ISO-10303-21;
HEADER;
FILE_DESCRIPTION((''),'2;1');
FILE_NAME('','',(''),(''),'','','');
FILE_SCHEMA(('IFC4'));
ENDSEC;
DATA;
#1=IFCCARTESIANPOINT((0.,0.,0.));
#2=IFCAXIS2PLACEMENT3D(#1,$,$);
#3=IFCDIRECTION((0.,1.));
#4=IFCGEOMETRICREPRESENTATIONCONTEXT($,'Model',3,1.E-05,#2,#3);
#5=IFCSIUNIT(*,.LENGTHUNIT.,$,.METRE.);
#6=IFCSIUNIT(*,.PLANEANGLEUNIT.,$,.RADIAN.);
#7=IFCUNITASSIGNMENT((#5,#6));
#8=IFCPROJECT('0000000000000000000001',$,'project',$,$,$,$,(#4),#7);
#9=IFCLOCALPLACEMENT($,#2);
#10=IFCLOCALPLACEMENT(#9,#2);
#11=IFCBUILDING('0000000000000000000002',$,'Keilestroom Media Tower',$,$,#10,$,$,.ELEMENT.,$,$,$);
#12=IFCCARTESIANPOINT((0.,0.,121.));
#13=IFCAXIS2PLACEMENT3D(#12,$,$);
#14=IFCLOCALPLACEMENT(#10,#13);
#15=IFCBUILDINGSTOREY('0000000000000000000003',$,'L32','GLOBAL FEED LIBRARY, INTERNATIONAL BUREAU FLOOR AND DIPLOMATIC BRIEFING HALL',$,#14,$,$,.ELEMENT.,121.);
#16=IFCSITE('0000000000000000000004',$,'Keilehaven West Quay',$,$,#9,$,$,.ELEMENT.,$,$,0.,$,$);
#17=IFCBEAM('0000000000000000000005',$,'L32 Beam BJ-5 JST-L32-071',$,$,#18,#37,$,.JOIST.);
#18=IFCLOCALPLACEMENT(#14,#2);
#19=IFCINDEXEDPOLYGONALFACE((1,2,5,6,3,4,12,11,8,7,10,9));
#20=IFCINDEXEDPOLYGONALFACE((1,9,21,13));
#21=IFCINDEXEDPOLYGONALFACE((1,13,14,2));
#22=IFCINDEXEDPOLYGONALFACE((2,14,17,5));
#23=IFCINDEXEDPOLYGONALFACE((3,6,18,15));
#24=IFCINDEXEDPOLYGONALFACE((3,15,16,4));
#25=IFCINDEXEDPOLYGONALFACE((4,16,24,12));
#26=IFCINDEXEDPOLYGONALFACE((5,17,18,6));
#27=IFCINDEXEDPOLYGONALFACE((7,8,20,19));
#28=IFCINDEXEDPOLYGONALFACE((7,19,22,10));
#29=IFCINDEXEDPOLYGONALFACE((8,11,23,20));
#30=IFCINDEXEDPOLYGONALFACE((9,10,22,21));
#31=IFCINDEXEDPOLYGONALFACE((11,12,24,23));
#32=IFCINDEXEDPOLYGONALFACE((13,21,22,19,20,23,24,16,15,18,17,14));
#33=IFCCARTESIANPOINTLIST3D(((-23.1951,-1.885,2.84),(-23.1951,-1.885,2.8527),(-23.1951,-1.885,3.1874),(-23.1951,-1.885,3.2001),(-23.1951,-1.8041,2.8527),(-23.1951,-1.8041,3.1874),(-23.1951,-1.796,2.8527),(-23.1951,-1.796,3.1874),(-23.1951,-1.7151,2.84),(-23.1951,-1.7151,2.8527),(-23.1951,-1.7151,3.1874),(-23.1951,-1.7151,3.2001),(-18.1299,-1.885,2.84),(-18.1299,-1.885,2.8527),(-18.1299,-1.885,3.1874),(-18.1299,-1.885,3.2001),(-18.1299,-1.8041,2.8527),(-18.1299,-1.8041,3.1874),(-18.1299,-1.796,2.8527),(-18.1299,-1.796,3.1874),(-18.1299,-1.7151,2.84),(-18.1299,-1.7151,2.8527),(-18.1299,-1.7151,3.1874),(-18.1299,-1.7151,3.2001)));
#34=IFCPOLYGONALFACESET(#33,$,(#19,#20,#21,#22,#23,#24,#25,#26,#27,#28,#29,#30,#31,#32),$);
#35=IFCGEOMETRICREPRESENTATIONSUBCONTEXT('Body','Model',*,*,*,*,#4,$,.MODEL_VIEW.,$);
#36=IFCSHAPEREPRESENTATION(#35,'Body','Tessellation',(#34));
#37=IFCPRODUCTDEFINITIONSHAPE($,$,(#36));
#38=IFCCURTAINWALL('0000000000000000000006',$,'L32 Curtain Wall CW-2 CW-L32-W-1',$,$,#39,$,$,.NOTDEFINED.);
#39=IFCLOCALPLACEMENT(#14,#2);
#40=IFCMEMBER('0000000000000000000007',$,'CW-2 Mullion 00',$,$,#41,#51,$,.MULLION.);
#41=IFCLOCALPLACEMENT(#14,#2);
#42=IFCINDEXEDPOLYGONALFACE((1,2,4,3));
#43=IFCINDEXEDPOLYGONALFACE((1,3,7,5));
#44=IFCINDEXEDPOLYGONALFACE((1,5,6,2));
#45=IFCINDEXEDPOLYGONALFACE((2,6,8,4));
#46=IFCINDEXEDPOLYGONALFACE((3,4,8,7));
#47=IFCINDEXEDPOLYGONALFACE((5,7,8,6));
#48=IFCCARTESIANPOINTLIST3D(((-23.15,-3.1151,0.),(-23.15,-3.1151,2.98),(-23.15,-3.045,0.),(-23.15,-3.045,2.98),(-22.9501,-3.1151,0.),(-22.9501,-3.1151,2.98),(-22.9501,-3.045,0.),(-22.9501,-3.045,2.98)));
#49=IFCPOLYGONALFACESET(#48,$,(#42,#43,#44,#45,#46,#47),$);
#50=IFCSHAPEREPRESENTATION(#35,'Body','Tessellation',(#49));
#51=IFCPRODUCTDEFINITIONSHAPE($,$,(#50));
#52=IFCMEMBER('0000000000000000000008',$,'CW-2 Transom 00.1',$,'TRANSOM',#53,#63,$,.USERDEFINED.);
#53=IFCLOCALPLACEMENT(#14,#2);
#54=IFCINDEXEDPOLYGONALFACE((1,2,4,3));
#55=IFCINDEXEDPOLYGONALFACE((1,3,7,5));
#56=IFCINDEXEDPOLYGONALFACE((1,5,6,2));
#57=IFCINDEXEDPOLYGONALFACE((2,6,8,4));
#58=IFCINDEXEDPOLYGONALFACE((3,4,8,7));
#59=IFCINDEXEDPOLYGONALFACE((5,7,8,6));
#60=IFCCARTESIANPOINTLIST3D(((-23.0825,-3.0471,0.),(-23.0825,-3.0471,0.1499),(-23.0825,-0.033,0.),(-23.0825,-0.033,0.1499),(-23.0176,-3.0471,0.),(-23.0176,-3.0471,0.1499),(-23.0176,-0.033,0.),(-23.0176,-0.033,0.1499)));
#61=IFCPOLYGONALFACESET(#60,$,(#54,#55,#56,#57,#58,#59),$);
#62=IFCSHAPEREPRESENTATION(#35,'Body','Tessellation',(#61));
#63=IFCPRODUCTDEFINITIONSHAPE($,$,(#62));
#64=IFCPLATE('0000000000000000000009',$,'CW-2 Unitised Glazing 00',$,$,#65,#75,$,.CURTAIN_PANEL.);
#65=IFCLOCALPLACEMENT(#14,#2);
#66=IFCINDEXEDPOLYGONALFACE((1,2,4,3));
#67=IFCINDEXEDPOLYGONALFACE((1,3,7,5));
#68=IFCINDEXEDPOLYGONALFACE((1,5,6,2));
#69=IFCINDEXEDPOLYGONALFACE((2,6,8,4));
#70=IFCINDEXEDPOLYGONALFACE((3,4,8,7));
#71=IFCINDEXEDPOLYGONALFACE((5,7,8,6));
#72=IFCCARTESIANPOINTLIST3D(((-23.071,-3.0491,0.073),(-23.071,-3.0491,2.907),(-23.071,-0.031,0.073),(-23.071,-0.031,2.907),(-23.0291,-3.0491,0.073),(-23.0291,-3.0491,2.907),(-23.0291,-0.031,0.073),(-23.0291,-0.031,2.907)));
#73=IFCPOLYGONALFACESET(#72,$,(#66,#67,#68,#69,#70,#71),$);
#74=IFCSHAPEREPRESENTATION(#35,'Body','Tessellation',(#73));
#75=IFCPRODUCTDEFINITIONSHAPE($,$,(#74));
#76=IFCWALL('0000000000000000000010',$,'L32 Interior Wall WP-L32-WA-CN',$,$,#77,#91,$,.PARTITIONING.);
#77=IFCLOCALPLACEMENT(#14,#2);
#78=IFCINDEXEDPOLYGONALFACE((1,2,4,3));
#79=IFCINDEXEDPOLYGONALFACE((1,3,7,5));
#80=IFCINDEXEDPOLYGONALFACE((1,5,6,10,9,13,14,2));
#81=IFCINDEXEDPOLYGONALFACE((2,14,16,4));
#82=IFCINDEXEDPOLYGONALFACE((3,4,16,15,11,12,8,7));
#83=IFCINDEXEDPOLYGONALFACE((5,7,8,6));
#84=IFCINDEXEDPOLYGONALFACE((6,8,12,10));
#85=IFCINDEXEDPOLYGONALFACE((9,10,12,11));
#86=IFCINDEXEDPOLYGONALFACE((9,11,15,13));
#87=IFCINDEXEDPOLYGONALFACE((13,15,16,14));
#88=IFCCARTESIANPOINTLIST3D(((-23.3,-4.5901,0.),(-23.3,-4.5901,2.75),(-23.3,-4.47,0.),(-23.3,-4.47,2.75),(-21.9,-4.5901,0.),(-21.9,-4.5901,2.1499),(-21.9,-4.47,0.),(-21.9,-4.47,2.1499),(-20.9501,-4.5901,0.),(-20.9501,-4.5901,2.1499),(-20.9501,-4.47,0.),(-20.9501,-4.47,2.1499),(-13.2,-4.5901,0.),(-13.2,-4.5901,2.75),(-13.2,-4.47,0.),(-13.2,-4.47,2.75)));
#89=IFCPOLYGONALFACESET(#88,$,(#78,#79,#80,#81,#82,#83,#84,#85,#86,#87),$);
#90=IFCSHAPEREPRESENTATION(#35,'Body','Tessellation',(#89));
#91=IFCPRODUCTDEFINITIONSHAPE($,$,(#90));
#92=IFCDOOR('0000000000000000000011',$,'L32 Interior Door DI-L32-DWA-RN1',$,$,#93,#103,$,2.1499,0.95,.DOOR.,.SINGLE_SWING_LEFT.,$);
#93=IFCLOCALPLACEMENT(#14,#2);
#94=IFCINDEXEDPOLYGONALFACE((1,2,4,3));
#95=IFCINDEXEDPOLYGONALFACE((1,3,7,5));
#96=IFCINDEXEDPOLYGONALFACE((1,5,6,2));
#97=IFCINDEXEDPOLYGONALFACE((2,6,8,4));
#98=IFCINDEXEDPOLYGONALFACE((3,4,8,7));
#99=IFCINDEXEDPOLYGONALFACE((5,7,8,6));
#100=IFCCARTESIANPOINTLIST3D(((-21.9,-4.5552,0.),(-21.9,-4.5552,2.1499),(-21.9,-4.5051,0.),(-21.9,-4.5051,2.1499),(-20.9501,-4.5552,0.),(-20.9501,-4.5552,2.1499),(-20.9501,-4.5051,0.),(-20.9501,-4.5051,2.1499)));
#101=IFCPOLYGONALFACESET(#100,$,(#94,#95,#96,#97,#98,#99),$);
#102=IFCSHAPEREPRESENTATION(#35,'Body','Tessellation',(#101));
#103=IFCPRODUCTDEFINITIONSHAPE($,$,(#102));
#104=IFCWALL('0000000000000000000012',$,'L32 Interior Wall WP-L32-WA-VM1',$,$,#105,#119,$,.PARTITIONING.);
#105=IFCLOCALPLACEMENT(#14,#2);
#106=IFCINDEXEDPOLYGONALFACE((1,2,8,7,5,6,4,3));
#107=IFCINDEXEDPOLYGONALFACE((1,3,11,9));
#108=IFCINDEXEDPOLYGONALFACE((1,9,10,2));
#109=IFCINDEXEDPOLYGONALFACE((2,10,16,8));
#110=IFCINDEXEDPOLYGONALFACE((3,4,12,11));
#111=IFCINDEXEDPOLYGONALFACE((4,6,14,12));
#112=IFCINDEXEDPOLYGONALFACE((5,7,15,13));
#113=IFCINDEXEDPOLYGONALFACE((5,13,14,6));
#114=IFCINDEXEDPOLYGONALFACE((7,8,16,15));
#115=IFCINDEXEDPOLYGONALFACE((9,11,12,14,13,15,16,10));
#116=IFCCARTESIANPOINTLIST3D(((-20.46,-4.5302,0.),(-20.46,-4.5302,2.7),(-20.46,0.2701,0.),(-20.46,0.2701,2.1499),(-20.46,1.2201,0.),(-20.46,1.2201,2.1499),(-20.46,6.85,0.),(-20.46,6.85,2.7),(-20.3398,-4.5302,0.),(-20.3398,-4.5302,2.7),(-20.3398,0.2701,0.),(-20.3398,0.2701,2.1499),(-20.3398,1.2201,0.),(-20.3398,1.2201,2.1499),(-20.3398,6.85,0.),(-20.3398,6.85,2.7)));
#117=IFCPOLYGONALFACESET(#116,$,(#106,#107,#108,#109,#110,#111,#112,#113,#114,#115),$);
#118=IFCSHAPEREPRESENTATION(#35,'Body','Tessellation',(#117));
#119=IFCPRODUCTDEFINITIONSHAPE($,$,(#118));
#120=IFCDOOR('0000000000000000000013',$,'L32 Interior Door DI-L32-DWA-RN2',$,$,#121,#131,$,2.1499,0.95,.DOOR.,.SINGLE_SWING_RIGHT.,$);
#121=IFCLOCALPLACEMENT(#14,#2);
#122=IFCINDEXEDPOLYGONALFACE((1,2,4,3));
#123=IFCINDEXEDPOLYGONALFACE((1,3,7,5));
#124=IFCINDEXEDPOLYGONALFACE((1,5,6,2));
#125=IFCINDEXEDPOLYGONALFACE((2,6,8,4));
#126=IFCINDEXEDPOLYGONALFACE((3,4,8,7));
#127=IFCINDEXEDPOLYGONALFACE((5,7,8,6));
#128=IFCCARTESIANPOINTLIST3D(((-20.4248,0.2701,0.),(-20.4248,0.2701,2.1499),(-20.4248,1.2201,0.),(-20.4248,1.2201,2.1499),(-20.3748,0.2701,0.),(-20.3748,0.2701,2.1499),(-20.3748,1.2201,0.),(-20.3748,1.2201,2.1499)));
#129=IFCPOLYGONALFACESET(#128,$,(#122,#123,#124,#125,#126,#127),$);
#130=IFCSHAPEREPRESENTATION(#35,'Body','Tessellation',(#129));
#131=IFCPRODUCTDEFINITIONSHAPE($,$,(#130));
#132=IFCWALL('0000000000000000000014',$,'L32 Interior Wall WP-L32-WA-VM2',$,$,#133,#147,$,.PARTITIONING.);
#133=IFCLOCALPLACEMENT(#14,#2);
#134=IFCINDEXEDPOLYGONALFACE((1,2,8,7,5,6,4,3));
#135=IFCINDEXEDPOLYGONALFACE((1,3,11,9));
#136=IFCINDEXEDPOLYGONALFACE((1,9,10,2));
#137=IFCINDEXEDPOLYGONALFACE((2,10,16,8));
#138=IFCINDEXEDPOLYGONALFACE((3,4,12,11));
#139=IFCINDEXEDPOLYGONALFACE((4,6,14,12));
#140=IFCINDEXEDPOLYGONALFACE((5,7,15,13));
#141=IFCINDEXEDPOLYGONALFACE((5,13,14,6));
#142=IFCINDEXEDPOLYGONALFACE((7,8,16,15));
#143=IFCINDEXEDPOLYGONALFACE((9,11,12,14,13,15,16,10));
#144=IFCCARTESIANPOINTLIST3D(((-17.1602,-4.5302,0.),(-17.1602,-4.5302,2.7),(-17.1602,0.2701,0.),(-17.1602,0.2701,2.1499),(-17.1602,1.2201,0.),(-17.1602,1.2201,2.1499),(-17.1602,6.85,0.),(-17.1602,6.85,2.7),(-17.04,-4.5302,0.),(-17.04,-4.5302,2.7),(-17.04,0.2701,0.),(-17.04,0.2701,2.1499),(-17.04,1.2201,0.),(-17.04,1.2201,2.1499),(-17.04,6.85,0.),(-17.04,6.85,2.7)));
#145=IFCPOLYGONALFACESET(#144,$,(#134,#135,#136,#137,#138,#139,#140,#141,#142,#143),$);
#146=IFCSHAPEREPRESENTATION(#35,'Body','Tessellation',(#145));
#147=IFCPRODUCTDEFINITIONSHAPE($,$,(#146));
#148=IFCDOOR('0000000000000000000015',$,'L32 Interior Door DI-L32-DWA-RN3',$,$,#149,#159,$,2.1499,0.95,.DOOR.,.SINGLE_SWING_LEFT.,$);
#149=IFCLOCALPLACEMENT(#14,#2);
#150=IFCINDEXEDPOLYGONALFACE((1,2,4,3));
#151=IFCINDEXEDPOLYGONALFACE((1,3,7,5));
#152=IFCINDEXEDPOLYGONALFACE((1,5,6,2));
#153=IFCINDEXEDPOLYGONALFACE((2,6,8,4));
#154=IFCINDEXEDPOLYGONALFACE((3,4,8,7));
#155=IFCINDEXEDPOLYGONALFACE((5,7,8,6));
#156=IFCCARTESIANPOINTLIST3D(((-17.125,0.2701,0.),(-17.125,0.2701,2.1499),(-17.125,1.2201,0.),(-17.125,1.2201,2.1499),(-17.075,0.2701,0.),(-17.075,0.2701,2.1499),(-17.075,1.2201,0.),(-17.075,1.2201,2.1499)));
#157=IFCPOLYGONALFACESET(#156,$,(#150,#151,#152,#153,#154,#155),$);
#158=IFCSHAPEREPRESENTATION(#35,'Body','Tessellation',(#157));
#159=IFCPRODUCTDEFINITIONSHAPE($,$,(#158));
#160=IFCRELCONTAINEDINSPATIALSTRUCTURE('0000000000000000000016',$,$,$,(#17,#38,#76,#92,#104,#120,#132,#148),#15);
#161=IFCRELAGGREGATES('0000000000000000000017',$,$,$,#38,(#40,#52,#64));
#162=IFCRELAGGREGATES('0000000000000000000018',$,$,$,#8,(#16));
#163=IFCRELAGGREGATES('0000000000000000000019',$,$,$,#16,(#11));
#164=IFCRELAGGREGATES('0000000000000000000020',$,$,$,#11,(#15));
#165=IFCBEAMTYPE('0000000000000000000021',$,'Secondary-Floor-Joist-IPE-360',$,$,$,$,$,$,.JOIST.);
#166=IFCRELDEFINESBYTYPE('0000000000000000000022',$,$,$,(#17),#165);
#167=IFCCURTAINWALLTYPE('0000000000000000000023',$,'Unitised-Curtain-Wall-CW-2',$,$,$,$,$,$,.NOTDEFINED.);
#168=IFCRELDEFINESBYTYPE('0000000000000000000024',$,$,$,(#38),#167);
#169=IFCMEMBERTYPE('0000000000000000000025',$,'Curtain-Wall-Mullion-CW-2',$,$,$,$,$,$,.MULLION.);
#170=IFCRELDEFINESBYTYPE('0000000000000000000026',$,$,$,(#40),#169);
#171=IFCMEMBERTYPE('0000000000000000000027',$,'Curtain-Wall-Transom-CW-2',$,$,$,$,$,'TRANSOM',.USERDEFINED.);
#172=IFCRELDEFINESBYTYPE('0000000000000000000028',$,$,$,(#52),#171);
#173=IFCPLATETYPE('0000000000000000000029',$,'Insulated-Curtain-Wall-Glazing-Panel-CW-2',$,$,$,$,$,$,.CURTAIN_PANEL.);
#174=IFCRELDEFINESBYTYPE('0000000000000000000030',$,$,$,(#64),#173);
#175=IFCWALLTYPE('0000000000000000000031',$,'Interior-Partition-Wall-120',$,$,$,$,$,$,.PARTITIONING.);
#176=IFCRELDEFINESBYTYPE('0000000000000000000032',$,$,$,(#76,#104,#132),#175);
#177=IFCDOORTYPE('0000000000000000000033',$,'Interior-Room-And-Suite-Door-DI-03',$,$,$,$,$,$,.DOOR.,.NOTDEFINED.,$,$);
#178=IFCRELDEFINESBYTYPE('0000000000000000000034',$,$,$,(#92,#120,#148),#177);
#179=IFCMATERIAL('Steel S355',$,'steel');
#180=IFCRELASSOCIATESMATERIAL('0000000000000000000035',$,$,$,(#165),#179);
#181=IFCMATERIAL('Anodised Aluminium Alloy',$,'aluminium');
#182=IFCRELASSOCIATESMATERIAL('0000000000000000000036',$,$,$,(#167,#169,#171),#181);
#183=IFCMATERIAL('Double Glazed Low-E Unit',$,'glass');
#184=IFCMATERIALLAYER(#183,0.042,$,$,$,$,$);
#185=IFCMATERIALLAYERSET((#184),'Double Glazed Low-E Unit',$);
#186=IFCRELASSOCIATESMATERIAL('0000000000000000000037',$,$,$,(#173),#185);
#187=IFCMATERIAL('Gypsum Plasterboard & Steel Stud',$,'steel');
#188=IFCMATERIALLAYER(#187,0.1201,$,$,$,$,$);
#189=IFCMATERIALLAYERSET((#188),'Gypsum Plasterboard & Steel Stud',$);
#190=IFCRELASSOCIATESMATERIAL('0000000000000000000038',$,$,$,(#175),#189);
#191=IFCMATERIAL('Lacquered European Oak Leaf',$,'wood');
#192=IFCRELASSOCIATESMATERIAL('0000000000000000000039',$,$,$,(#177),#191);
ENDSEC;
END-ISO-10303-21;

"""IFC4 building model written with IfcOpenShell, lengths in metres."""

from ifc_helpers import new_model, si_unit, direction, frame, frame_2d, origin, origin_2d, place, context, subcontext, project, spatial, rectangle, i_section, extrude, source, transform, mapped, material, layer, layer_set, material_profile, profile_set, type_object, element, fill, aggregate, save


model = new_model("IFC4")

# Units and contexts
model_context = context("Model", 3, precision=1e-05, world=origin(), true_north=direction((0.0, 1.0)))
body_context = subcontext(model_context, "Body", "Model", "MODEL_VIEW")
ifc_project = project(units=[si_unit("LENGTHUNIT", "METRE"), si_unit("PLANEANGLEUNIT", "RADIAN")], contexts=[model_context])

# Site, building, storey
site_placement = place(None, origin())
site = spatial("IfcSite", under=ifc_project, at=site_placement, Name="Keilehaven West Quay", CompositionType="ELEMENT", RefElevation=0.0)
building_placement = place(site_placement, origin())
building = spatial("IfcBuilding", under=site, at=building_placement, Name="Keilestroom Media Tower", CompositionType="ELEMENT")
storey_placement = place(building_placement, frame((0.0, 0.0, 121.0)))
storey = spatial("IfcBuildingStorey", under=building, at=storey_placement, Name="L32", Description="GLOBAL FEED LIBRARY, INTERNATIONAL BUREAU FLOOR AND DIPLOMATIC BRIEFING HALL", CompositionType="ELEMENT", Elevation=121.0)

# Shared definitions
ifc_material_1 = material(Name="Steel S355", Category="steel")

# Beam
ifc_material_profile_1 = material_profile(ifc_material_1, i_section(OverallWidth=0.1699, OverallDepth=0.3601, WebThickness=0.0081, FlangeThickness=0.0127, at=origin_2d()), Name="IPE 360")
ifc_profile_set_1 = profile_set([ifc_material_profile_1], Name="Steel S355")
beam_type_1 = type_object("IfcBeamType", Name="Secondary-Floor-Joist-IPE-360", PredefinedType="JOIST", material=ifc_profile_set_1)
shared_shape_1 = source(origin(), body_context, "Body", "SweptSolid", [
    extrude(i_section(OverallWidth=0.1699, OverallDepth=0.3601, WebThickness=0.0081, FlangeThickness=0.0127, at=origin_2d()), origin(), (0.0, 0.0, 1.0), 5.0652),
])
beam_1_placement = place(storey_placement, frame((-23.1951, -1.8, 3.02), z_axis=(1.0, 0.0, 0.0), x_axis=(0.0, 1.0, 0.0)))
element("IfcBeam", 1, at=beam_1_placement, inside=storey, type_object=beam_type_1, Name="L32 Beam BJ-5 JST-L32-071", PredefinedType="JOIST", context=body_context, shape_type="MappedRepresentation", body=[
    mapped(shared_shape_1, transform((0.0, 0.0, 0.0), x_axis=(1.0, 0.0, 0.0), y_axis=(0.0, 1.0, 0.0), z_axis=(0.0, 0.0, 1.0), scale=1.0)),
])

# Curtain wall, members, plate
ifc_material_2 = material(Name="Anodised Aluminium Alloy", Category="aluminium")
curtain_wall_type = type_object("IfcCurtainWallType", Name="Unitised-Curtain-Wall-CW-2", PredefinedType="NOTDEFINED", material=ifc_material_2)
curtain_wall_placement = place(storey_placement, origin())
curtain_wall = element("IfcCurtainWall", 2, at=curtain_wall_placement, inside=storey, type_object=curtain_wall_type, Name="L32 Curtain Wall CW-2 CW-L32-W-1", PredefinedType="NOTDEFINED")
ifc_material_profile_2 = material_profile(ifc_material_2, rectangle(XDim=0.0701, YDim=0.2, at=origin_2d()), Name="ALU MULLION 70x200")
ifc_profile_set_2 = profile_set([ifc_material_profile_2], Name="Anodised Aluminium Alloy")
member_type_1 = type_object("IfcMemberType", Name="Curtain-Wall-Mullion-CW-2", PredefinedType="MULLION", material=ifc_profile_set_2)
shared_shape_2 = source(origin(), body_context, "Body", "SweptSolid", [
    extrude(rectangle(XDim=0.0701, YDim=0.2, at=origin_2d()), origin(), (0.0, 0.0, 1.0), 2.98),
])
member_1_placement = place(storey_placement, frame((-23.05, -3.0801, 0.0), z_axis=(0.0, 0.0, 1.0), x_axis=(0.0, 1.0, 0.0)))
member_1 = element("IfcMember", 3, at=member_1_placement, type_object=member_type_1, Name="CW-2 Mullion 00", PredefinedType="MULLION", context=body_context, shape_type="MappedRepresentation", body=[
    mapped(shared_shape_2, transform((0.0, 0.0, 0.0), x_axis=(1.0, 0.0, 0.0), y_axis=(0.0, 1.0, 0.0), z_axis=(0.0, 0.0, 1.0), scale=1.0)),
])
ifc_material_profile_3 = material_profile(ifc_material_2, rectangle(XDim=0.0649, YDim=0.1499, at=origin_2d()), Name="ALU TRANSOM 65x150")
ifc_profile_set_3 = profile_set([ifc_material_profile_3], Name="Anodised Aluminium Alloy")
member_type_2 = type_object("IfcMemberType", Name="Curtain-Wall-Transom-CW-2", ElementType="TRANSOM", PredefinedType="USERDEFINED", material=ifc_profile_set_3)
shared_shape_3 = source(origin(), body_context, "Body", "SweptSolid", [
    extrude(rectangle(XDim=0.0649, YDim=0.1499, at=origin_2d()), origin(), (0.0, 0.0, 1.0), 3.0142),
])
member_2_placement = place(storey_placement, frame((-23.05, -3.0471, 0.075), z_axis=(0.0, 1.0, 0.0), x_axis=(-1.0, 0.0, 0.0)))
member_2 = element("IfcMember", 4, at=member_2_placement, type_object=member_type_2, Name="CW-2 Transom 00.1", ObjectType="TRANSOM", PredefinedType="USERDEFINED", context=body_context, shape_type="MappedRepresentation", body=[
    mapped(shared_shape_3, transform((0.0, 0.0, 0.0), x_axis=(1.0, 0.0, 0.0), y_axis=(0.0, 1.0, 0.0), z_axis=(0.0, 0.0, 1.0), scale=1.0)),
])
ifc_material_3 = material(Name="Double Glazed Low-E Unit", Category="glass")
ifc_layer_1 = layer(ifc_material_3, 0.042)
ifc_layer_set_1 = layer_set([ifc_layer_1], Name="Double Glazed Low-E Unit")
plate_type = type_object("IfcPlateType", Name="Insulated-Curtain-Wall-Glazing-Panel-CW-2", PredefinedType="CURTAIN_PANEL", material=ifc_layer_set_1)
shared_shape_4 = source(origin(), body_context, "Body", "SweptSolid", [
    extrude(rectangle(XDim=3.0181, YDim=0.042, at=origin_2d()), origin(), (0.0, 0.0, 1.0), 2.834),
])
plate_placement = place(storey_placement, frame((-23.05, -1.54, 0.073), z_axis=(0.0, 0.0, 1.0), x_axis=(0.0, 1.0, 0.0)))
plate = element("IfcPlate", 5, at=plate_placement, type_object=plate_type, Name="CW-2 Unitised Glazing 00", PredefinedType="CURTAIN_PANEL", context=body_context, shape_type="MappedRepresentation", body=[
    mapped(shared_shape_4, transform((0.0, 0.0, 0.0), x_axis=(1.0, 0.0, 0.0), y_axis=(0.0, 1.0, 0.0), z_axis=(0.0, 0.0, 1.0), scale=1.0)),
])
aggregate(curtain_wall, [member_1, member_2, plate])

# Walls, openings, doors
ifc_material_4 = material(Name="Gypsum Plasterboard & Steel Stud", Category="steel")
ifc_layer_2 = layer(ifc_material_4, 0.1201)
ifc_layer_set_2 = layer_set([ifc_layer_2], Name="Gypsum Plasterboard & Steel Stud")
wall_type_1 = type_object("IfcWallType", Name="Interior-Partition-Wall-120", PredefinedType="PARTITIONING", material=ifc_layer_set_2)
wall_1_placement = place(storey_placement, frame((-23.3, -4.53, 0.0), z_axis=(0.0, 0.0, 1.0), x_axis=(1.0, 0.0, 0.0)))
wall_1 = element("IfcWall", 6, at=wall_1_placement, inside=storey, type_object=wall_type_1, Name="L32 Interior Wall WP-L32-WA-CN", PredefinedType="PARTITIONING", context=body_context, shape_type="SweptSolid", body=[
    extrude(rectangle(XDim=10.1001, YDim=0.1201, at=frame_2d((5.05, 0.0))), origin(), (0.0, 0.0, 1.0), 2.75),
])
opening_1_placement = place(wall_1_placement, frame((1.3999, 0.0, 0.0)))
opening_1 = element("IfcOpeningElement", 7, at=opening_1_placement, cuts=wall_1, PredefinedType="OPENING", context=body_context, shape_type="SweptSolid", body=[
    extrude(rectangle(XDim=0.95, YDim=2.1499, at=frame_2d((0.4751, 1.075))), frame((0.0, 0.0701, 0.0), z_axis=(0.0, -1.0, 0.0), x_axis=(1.0, 0.0, 0.0)), (0.0, 0.0, 1.0), 0.1401),
])
ifc_material_5 = material(Name="Lacquered European Oak Leaf", Category="wood")
door_type = type_object("IfcDoorType", Name="Interior-Room-And-Suite-Door-DI-03", OperationType="NOTDEFINED", PredefinedType="DOOR", material=ifc_material_5)
shared_shape_5 = source(origin(), body_context, "Body", "SweptSolid", [
    extrude(rectangle(XDim=0.95, YDim=2.1499, at=frame_2d((0.4751, 1.075))), frame((0.0, 0.0249, 0.0), z_axis=(0.0, -1.0, 0.0), x_axis=(1.0, 0.0, 0.0)), (0.0, 0.0, 1.0), 0.05),
])
door_1_placement = place(opening_1_placement, origin())
door_1 = element("IfcDoor", 8, at=door_1_placement, inside=storey, type_object=door_type, Name="L32 Interior Door DI-L32-DWA-RN1", OperationType="SINGLE_SWING_LEFT", OverallHeight=2.1499, OverallWidth=0.95, PredefinedType="DOOR", context=body_context, shape_type="MappedRepresentation", body=[
    mapped(shared_shape_5, transform((0.0, 0.0, 0.0), x_axis=(1.0, 0.0, 0.0), y_axis=(0.0, 1.0, 0.0), z_axis=(0.0, 0.0, 1.0), scale=1.0)),
])
fill(opening_1, door_1)
wall_2_placement = place(storey_placement, frame((-20.3999, -4.53, 0.0), z_axis=(0.0, 0.0, 1.0), x_axis=(0.0, 1.0, 0.0)))
wall_2 = element("IfcWall", 9, at=wall_2_placement, inside=storey, type_object=wall_type_1, Name="L32 Interior Wall WP-L32-WA-VM1", PredefinedType="PARTITIONING", context=body_context, shape_type="SweptSolid", body=[
    extrude(rectangle(XDim=11.3801, YDim=0.1201, at=frame_2d((5.6899, 0.0))), origin(), (0.0, 0.0, 1.0), 2.7),
])
opening_2_placement = place(wall_2_placement, frame((4.8, 0.0, 0.0)))
opening_2 = element("IfcOpeningElement", 10, at=opening_2_placement, cuts=wall_2, PredefinedType="OPENING", context=body_context, shape_type="SweptSolid", body=[
    extrude(rectangle(XDim=0.95, YDim=2.1499, at=frame_2d((0.4751, 1.075))), frame((0.0, 0.0701, 0.0), z_axis=(0.0, -1.0, 0.0), x_axis=(1.0, 0.0, 0.0)), (0.0, 0.0, 1.0), 0.1401),
])
door_2_placement = place(opening_2_placement, origin())
door_2 = element("IfcDoor", 11, at=door_2_placement, inside=storey, type_object=door_type, Name="L32 Interior Door DI-L32-DWA-RN2", OperationType="SINGLE_SWING_RIGHT", OverallHeight=2.1499, OverallWidth=0.95, PredefinedType="DOOR", context=body_context, shape_type="MappedRepresentation", body=[
    mapped(shared_shape_5, transform((0.0, 0.0, 0.0), x_axis=(1.0, 0.0, 0.0), y_axis=(0.0, 1.0, 0.0), z_axis=(0.0, 0.0, 1.0), scale=1.0)),
])
fill(opening_2, door_2)
wall_3_placement = place(storey_placement, frame((-17.1001, -4.53, 0.0), z_axis=(0.0, 0.0, 1.0), x_axis=(0.0, 1.0, 0.0)))
wall_3 = element("IfcWall", 12, at=wall_3_placement, inside=storey, type_object=wall_type_1, Name="L32 Interior Wall WP-L32-WA-VM2", PredefinedType="PARTITIONING", context=body_context, shape_type="SweptSolid", body=[
    extrude(rectangle(XDim=11.3801, YDim=0.1201, at=frame_2d((5.6899, 0.0))), origin(), (0.0, 0.0, 1.0), 2.7),
])
opening_3_placement = place(wall_3_placement, frame((4.8, 0.0, 0.0)))
opening_3 = element("IfcOpeningElement", 13, at=opening_3_placement, cuts=wall_3, PredefinedType="OPENING", context=body_context, shape_type="SweptSolid", body=[
    extrude(rectangle(XDim=0.95, YDim=2.1499, at=frame_2d((0.4751, 1.075))), frame((0.0, 0.0701, 0.0), z_axis=(0.0, -1.0, 0.0), x_axis=(1.0, 0.0, 0.0)), (0.0, 0.0, 1.0), 0.1401),
])
door_3_placement = place(opening_3_placement, origin())
door_3 = element("IfcDoor", 14, at=door_3_placement, inside=storey, type_object=door_type, Name="L32 Interior Door DI-L32-DWA-RN3", OperationType="SINGLE_SWING_LEFT", OverallHeight=2.1499, OverallWidth=0.95, PredefinedType="DOOR", context=body_context, shape_type="MappedRepresentation", body=[
    mapped(shared_shape_5, transform((0.0, 0.0, 0.0), x_axis=(1.0, 0.0, 0.0), y_axis=(0.0, 1.0, 0.0), z_axis=(0.0, 0.0, 1.0), scale=1.0)),
])
fill(opening_3, door_3)

save(model, "model.ifc")
